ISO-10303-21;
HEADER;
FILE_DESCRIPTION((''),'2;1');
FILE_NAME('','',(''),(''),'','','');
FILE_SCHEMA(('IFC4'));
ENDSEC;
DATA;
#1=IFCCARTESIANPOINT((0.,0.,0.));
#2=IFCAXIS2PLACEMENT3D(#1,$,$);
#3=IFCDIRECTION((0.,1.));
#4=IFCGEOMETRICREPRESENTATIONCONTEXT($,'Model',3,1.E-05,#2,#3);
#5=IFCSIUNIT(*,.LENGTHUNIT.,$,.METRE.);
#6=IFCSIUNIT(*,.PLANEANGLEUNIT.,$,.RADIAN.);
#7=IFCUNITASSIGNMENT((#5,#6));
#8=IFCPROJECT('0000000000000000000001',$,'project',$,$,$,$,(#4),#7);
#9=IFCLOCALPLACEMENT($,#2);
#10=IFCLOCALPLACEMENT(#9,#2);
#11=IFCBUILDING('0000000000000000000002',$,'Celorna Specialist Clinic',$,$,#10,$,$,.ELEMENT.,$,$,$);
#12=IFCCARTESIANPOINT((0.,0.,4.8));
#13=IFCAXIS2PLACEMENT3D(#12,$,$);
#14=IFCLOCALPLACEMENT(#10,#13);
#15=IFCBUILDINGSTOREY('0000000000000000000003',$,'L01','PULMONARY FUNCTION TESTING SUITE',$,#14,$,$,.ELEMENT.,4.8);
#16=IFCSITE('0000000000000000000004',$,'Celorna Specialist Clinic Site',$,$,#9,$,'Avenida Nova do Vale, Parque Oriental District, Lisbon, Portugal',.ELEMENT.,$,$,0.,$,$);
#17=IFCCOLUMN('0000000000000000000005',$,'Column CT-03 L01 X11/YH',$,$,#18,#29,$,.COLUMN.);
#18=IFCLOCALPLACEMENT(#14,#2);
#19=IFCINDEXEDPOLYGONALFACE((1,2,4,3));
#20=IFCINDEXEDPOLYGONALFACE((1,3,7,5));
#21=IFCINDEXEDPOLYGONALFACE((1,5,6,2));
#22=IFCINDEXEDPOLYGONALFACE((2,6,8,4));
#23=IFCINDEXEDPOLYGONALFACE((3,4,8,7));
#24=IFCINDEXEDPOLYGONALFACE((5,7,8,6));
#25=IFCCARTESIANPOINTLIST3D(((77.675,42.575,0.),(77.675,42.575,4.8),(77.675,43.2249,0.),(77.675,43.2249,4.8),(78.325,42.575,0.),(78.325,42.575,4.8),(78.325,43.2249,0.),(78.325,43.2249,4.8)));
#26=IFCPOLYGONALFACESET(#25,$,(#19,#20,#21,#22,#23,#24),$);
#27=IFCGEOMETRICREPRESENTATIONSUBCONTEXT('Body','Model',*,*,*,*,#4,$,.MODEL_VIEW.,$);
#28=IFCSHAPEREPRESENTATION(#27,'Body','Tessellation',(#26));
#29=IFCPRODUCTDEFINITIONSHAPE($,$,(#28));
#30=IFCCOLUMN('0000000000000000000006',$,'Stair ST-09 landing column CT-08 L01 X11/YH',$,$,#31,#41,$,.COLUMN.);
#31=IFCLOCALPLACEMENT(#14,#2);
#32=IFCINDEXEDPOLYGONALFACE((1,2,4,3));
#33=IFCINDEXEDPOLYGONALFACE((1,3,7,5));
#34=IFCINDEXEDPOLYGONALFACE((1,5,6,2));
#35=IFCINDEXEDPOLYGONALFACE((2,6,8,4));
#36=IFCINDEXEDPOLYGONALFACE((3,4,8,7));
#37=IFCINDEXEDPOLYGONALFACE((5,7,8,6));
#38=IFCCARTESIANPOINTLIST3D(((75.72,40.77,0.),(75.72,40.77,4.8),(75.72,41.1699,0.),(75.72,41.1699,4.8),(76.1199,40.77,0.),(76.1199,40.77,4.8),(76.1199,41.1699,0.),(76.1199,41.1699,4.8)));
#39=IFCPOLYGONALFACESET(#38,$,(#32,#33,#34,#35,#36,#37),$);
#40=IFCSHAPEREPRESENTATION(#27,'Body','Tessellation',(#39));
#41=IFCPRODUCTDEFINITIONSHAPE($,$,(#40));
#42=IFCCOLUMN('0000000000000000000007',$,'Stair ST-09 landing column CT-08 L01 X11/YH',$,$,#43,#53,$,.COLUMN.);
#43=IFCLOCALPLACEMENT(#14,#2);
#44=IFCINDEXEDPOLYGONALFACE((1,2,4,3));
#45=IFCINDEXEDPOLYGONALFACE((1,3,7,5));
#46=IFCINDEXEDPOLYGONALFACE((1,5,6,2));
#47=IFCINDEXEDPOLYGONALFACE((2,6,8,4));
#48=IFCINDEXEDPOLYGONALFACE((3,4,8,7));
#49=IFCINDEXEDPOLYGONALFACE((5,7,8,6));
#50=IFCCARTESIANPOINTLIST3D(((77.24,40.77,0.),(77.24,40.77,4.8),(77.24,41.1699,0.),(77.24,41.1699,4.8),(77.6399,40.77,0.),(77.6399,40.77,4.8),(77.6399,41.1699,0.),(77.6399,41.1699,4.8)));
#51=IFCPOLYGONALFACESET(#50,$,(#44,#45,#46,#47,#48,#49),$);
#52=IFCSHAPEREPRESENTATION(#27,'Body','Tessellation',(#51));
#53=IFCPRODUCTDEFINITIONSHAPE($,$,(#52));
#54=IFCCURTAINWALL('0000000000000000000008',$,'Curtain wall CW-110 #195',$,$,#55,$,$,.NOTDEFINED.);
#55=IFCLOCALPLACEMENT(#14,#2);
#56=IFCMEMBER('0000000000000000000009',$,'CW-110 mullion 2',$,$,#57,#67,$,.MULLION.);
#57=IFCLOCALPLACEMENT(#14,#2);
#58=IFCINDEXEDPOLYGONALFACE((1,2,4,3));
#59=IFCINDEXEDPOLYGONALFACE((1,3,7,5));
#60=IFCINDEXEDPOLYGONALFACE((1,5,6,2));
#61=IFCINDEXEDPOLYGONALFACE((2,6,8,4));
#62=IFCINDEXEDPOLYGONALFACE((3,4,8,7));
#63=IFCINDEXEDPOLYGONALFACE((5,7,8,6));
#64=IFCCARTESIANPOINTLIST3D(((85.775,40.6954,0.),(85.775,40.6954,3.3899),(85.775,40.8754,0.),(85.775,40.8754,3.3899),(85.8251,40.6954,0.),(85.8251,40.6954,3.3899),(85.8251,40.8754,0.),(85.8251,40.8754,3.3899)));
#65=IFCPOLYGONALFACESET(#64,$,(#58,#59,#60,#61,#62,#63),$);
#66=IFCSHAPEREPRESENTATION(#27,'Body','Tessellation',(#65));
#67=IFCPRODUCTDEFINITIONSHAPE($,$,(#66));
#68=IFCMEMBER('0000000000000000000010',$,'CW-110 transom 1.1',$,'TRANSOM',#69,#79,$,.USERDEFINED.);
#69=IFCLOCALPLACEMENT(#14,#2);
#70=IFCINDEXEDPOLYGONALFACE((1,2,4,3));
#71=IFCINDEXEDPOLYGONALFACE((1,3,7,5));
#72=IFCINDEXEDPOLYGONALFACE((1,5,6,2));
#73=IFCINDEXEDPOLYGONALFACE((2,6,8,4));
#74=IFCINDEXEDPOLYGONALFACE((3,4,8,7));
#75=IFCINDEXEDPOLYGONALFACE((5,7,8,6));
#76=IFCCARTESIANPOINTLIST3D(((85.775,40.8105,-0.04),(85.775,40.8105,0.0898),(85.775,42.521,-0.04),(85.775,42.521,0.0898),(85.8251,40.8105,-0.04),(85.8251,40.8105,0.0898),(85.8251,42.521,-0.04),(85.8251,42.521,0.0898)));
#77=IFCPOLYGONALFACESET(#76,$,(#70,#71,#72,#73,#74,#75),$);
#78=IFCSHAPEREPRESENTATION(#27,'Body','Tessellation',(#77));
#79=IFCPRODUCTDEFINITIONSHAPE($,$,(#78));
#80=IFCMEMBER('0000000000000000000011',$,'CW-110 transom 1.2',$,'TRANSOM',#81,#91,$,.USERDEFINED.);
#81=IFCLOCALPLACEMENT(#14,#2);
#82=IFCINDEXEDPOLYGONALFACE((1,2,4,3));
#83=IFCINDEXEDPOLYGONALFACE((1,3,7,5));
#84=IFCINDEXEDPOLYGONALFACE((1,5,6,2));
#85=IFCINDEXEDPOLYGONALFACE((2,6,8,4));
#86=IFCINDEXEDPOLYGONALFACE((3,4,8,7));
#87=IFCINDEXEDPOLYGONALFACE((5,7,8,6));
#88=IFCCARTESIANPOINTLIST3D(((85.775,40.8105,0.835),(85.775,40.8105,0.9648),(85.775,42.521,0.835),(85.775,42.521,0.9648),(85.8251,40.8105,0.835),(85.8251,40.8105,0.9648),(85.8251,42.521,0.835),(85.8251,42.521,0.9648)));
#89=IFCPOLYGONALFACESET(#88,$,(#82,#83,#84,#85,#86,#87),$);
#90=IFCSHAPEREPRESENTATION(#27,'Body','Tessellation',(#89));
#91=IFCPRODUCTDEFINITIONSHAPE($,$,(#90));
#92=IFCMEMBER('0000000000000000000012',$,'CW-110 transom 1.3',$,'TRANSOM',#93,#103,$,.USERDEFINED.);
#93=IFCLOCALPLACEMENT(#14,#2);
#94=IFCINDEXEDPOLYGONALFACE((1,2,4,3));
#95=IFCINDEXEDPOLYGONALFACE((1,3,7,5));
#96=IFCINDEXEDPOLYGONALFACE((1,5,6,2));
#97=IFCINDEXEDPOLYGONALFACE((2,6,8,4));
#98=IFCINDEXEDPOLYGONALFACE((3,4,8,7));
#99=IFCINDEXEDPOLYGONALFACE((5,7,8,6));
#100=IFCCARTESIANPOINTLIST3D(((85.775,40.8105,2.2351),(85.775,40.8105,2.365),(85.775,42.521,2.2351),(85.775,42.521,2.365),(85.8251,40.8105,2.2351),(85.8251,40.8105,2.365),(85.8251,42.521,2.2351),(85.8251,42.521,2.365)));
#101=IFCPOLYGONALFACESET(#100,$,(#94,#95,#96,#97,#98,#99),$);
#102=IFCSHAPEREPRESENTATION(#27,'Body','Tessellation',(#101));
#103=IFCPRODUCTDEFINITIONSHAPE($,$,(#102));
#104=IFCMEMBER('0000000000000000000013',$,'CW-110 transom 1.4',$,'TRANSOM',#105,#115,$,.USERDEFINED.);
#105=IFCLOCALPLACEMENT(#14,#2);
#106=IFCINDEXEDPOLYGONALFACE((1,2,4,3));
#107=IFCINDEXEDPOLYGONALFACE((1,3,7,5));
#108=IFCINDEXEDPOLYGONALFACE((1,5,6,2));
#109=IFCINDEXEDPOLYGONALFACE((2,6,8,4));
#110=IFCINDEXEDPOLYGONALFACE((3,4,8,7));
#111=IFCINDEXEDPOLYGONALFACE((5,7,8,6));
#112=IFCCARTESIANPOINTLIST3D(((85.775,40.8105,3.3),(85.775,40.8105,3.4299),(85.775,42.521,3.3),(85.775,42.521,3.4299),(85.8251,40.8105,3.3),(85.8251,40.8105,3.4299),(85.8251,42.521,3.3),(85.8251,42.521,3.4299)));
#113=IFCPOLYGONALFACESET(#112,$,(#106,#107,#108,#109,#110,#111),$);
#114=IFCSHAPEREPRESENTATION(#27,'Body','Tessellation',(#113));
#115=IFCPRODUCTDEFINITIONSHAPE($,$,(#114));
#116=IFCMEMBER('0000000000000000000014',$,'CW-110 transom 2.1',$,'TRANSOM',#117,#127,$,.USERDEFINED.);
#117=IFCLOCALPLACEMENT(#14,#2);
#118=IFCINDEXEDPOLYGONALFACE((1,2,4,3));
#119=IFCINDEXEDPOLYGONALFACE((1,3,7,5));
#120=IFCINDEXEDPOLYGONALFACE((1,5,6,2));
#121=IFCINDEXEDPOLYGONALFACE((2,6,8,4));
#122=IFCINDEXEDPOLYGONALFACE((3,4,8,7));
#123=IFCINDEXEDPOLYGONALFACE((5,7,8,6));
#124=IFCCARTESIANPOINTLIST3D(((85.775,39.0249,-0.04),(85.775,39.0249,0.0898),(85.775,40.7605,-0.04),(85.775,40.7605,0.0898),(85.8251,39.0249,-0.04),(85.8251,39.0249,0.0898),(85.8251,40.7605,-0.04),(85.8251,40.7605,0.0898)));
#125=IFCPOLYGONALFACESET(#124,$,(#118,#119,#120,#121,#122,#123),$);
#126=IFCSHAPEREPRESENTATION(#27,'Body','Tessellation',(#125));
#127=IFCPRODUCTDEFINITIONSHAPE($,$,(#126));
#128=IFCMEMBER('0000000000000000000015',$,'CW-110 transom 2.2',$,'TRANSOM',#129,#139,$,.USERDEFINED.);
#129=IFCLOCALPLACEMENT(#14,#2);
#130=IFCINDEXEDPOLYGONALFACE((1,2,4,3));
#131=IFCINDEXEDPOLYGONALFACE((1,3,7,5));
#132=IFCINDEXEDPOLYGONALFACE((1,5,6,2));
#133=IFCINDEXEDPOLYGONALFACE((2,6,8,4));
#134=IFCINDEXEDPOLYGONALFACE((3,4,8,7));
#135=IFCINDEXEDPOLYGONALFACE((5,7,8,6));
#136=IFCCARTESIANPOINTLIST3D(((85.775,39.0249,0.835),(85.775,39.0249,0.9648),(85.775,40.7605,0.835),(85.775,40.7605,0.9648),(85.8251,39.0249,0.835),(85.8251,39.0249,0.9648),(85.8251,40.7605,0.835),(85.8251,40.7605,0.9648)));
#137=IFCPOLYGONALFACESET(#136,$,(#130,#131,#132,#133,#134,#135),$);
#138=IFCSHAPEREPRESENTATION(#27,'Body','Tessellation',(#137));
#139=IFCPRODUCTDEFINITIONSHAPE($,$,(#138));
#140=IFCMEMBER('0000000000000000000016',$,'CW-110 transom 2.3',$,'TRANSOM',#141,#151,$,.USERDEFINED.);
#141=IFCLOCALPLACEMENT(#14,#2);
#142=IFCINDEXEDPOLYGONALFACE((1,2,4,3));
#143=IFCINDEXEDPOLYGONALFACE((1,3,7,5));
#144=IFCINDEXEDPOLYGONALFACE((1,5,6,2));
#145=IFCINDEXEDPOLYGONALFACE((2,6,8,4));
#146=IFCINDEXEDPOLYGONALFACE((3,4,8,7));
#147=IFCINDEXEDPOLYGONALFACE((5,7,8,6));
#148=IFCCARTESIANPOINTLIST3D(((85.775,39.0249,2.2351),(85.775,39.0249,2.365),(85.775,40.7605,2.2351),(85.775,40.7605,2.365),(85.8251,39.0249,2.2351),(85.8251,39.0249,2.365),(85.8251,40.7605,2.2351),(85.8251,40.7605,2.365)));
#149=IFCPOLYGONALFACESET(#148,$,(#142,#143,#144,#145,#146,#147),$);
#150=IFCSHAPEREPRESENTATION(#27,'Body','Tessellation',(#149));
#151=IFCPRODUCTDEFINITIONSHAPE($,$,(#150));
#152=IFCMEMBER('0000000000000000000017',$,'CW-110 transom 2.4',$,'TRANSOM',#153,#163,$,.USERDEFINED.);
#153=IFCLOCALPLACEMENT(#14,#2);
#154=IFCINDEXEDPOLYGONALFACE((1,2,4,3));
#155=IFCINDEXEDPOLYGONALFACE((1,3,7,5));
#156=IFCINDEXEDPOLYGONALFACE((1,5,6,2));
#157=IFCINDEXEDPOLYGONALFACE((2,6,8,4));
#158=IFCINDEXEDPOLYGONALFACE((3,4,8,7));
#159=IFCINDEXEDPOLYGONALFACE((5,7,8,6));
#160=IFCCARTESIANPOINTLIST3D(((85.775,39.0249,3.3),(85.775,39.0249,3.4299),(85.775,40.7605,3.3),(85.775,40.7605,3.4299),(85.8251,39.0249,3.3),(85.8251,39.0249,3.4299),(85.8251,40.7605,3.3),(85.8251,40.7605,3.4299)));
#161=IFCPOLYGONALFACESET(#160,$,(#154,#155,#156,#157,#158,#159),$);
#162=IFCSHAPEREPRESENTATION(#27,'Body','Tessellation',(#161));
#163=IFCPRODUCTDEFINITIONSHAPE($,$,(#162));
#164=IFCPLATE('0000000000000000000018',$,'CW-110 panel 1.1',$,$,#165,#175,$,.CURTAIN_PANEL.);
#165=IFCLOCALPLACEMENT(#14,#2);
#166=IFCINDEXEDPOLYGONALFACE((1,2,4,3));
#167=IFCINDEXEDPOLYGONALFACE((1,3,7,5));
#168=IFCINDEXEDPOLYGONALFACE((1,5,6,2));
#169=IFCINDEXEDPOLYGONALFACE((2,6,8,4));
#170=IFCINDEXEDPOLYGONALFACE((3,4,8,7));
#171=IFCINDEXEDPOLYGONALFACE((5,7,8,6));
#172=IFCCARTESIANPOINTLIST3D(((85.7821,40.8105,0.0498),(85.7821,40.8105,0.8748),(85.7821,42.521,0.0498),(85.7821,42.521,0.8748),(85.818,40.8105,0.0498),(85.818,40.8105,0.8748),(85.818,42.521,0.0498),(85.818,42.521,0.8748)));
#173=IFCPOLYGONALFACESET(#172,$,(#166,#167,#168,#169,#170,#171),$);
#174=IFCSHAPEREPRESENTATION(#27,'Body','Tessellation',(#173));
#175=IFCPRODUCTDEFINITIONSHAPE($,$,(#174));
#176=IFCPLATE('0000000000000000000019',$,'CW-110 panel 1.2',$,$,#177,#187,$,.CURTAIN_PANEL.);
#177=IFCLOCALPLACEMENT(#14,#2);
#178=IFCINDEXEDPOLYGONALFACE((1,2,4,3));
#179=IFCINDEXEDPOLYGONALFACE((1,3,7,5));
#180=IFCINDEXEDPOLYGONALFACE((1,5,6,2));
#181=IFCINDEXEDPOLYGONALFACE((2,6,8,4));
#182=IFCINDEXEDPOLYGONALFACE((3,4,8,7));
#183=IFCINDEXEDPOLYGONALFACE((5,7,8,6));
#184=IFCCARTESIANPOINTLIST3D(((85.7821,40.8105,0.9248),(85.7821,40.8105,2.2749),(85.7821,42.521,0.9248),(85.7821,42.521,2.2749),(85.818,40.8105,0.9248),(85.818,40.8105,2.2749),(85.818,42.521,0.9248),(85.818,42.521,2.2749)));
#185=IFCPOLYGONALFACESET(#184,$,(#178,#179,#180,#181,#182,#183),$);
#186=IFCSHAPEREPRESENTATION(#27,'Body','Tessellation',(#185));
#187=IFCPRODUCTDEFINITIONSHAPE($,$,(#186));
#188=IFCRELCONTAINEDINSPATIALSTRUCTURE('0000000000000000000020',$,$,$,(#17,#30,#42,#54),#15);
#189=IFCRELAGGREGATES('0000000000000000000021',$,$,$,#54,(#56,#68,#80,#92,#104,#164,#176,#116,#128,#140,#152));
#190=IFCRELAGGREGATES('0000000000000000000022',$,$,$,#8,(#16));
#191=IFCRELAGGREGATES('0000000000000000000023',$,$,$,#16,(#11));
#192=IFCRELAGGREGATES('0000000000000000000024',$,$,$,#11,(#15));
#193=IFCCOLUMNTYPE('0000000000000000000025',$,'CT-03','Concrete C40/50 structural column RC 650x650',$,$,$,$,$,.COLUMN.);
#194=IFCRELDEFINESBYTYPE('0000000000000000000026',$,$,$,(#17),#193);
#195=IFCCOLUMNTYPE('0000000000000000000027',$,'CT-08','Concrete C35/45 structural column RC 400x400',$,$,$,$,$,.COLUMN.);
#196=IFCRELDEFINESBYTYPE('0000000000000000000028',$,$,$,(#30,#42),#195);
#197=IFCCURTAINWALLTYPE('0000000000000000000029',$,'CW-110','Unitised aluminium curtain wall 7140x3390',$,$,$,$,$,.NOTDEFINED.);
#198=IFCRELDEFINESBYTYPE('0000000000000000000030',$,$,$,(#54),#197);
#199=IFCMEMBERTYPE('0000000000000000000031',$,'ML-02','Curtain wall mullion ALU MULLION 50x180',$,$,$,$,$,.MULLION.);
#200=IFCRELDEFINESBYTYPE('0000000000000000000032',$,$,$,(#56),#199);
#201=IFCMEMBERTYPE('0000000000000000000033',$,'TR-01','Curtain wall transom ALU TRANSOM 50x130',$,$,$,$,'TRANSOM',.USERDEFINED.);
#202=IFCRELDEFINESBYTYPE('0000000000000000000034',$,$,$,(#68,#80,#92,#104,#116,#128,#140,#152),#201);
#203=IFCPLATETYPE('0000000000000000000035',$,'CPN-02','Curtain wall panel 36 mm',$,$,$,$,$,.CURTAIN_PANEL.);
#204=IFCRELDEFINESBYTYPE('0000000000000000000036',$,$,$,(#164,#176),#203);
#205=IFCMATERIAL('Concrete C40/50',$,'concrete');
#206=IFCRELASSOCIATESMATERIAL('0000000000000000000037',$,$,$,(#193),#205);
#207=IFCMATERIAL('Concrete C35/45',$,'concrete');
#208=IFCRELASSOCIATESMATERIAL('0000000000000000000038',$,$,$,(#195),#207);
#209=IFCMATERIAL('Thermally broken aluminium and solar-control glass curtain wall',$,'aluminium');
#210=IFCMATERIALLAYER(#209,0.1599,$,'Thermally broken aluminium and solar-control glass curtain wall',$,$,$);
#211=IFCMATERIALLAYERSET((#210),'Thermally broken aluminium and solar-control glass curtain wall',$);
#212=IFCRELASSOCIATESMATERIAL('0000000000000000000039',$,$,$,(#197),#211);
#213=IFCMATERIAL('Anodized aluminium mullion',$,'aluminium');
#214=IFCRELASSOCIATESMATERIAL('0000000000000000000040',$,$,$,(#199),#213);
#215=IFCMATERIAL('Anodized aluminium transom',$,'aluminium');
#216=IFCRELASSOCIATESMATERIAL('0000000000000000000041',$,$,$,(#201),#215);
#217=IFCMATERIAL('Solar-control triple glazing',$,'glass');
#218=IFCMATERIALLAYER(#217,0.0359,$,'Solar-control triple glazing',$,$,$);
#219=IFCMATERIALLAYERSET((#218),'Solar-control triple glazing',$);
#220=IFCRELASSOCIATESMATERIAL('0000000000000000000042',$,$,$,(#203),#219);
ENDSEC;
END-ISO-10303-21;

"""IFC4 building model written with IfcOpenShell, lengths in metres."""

from ifc_helpers import new_model, si_unit, direction, frame, origin, origin_2d, place, context, subcontext, project, spatial, rectangle, extrude, material, layer, layer_set, material_profile, profile_set, type_object, element, aggregate, save


model = new_model("IFC4")

# Units and contexts
model_context = context("Model", 3, precision=1e-05, world=origin(), true_north=direction((0.0, 1.0)))
body_context = subcontext(model_context, "Body", "Model", "MODEL_VIEW")
ifc_project = project(units=[si_unit("LENGTHUNIT", "METRE"), si_unit("PLANEANGLEUNIT", "RADIAN")], contexts=[model_context])

# Site, building, storey
site_placement = place(None, origin())
site = spatial("IfcSite", under=ifc_project, at=site_placement, Name="Celorna Specialist Clinic Site", LongName="Avenida Nova do Vale, Parque Oriental District, Lisbon, Portugal", CompositionType="ELEMENT", RefElevation=0.0)
building_placement = place(site_placement, origin())
building = spatial("IfcBuilding", under=site, at=building_placement, Name="Celorna Specialist Clinic", CompositionType="ELEMENT")
storey_placement = place(building_placement, frame((0.0, 0.0, 4.8)))
storey = spatial("IfcBuildingStorey", under=building, at=storey_placement, Name="L01", Description="PULMONARY FUNCTION TESTING SUITE", CompositionType="ELEMENT", Elevation=4.8)

# Columns
ifc_material_1 = material(Name="Concrete C40/50", Category="concrete")
ifc_material_profile_1 = material_profile(ifc_material_1, rectangle(XDim=0.6499, YDim=0.6499, at=origin_2d()), Name="RC 650x650")
ifc_profile_set_1 = profile_set([ifc_material_profile_1], Name="Concrete C40/50")
column_type_1 = type_object("IfcColumnType", Name="CT-03", Description="Concrete C40/50 structural column RC 650x650", PredefinedType="COLUMN", material=ifc_profile_set_1)
column_placement = place(storey_placement, frame((78.0, 42.8999, 0.0), z_axis=(0.0, 0.0, 1.0), x_axis=(1.0, 0.0, 0.0)))
element("IfcColumn", 1, at=column_placement, inside=storey, type_object=column_type_1, Name="Column CT-03 L01 X11/YH", PredefinedType="COLUMN", context=body_context, shape_type="SweptSolid", body=[
    extrude(rectangle(XDim=0.6499, YDim=0.6499, at=origin_2d()), origin(), (0.0, 0.0, 1.0), 4.8),
])
ifc_material_2 = material(Name="Concrete C35/45", Category="concrete")
ifc_material_profile_2 = material_profile(ifc_material_2, rectangle(XDim=0.3999, YDim=0.3999, at=origin_2d()), Name="RC 400x400")
ifc_profile_set_2 = profile_set([ifc_material_profile_2], Name="Concrete C35/45")
column_type_2 = type_object("IfcColumnType", Name="CT-08", Description="Concrete C35/45 structural column RC 400x400", PredefinedType="COLUMN", material=ifc_profile_set_2)
for number, where, z_axis, x_axis, name in (
    (2, (75.9199, 40.97, 0.0), (0.0, 0.0, 1.0), (1.0, 0.0, 0.0), "Stair ST-09 landing column CT-08 L01 X11/YH"),
    (3, (77.4399, 40.97, 0.0), (0.0, 0.0, 1.0), (1.0, 0.0, 0.0), "Stair ST-09 landing column CT-08 L01 X11/YH"),
):
    element("IfcColumn", number, at=place(storey_placement, frame(where, z_axis=z_axis, x_axis=x_axis)), inside=storey, type_object=column_type_2, Name=name, PredefinedType="COLUMN", context=body_context, shape_type="SweptSolid", body=[
        extrude(rectangle(XDim=0.3999, YDim=0.3999, at=origin_2d()), origin(), (0.0, 0.0, 1.0), 4.8),
    ])

# Curtain wall, members, plates
ifc_material_3 = material(Name="Thermally broken aluminium and solar-control glass curtain wall", Category="aluminium")
ifc_layer_1 = layer(ifc_material_3, 0.1599, Name="Thermally broken aluminium and solar-control glass curtain wall")
ifc_layer_set_1 = layer_set([ifc_layer_1], Name="Thermally broken aluminium and solar-control glass curtain wall")
curtain_wall_type = type_object("IfcCurtainWallType", Name="CW-110", Description="Unitised aluminium curtain wall 7140x3390", PredefinedType="NOTDEFINED", material=ifc_layer_set_1)
curtain_wall_placement = place(storey_placement, origin())
curtain_wall = element("IfcCurtainWall", 4, at=curtain_wall_placement, inside=storey, type_object=curtain_wall_type, Name="Curtain wall CW-110 #195", PredefinedType="NOTDEFINED")
ifc_material_4 = material(Name="Anodized aluminium mullion", Category="aluminium")
ifc_material_profile_3 = material_profile(ifc_material_4, rectangle(XDim=0.05, YDim=0.1799, at=origin_2d()), Name="ALU MULLION 50x180")
ifc_profile_set_3 = profile_set([ifc_material_profile_3], Name="Anodized aluminium mullion")
member_type_1 = type_object("IfcMemberType", Name="ML-02", Description="Curtain wall mullion ALU MULLION 50x180", PredefinedType="MULLION", material=ifc_profile_set_3)
member_1_placement = place(storey_placement, frame((85.8, 40.7854, 0.0), z_axis=(0.0, 0.0, 1.0), x_axis=(1.0, 0.0, 0.0)))
member_1 = element("IfcMember", 5, at=member_1_placement, type_object=member_type_1, Name="CW-110 mullion 2", PredefinedType="MULLION", context=body_context, shape_type="SweptSolid", body=[
    extrude(rectangle(XDim=0.05, YDim=0.1799, at=origin_2d()), origin(), (0.0, 0.0, 1.0), 3.3899),
])
ifc_material_5 = material(Name="Anodized aluminium transom", Category="aluminium")
ifc_material_profile_4 = material_profile(ifc_material_5, rectangle(XDim=0.05, YDim=0.1299, at=origin_2d()), Name="ALU TRANSOM 50x130")
ifc_profile_set_4 = profile_set([ifc_material_profile_4], Name="Anodized aluminium transom")
member_type_2 = type_object("IfcMemberType", Name="TR-01", Description="Curtain wall transom ALU TRANSOM 50x130", ElementType="TRANSOM", PredefinedType="USERDEFINED", material=ifc_profile_set_4)
member_2_placement = place(storey_placement, frame((85.8, 42.521, 0.0249), z_axis=(0.0, -1.0, 0.0), x_axis=(1.0, 0.0, 0.0)))
member_2 = element("IfcMember", 6, at=member_2_placement, type_object=member_type_2, Name="CW-110 transom 1.1", ObjectType="TRANSOM", PredefinedType="USERDEFINED", context=body_context, shape_type="SweptSolid", body=[
    extrude(rectangle(XDim=0.05, YDim=0.1299, at=origin_2d()), origin(), (0.0, 0.0, 1.0), 1.7104),
])
member_3_placement = place(storey_placement, frame((85.8, 42.521, 0.8999), z_axis=(0.0, -1.0, 0.0), x_axis=(1.0, 0.0, 0.0)))
member_3 = element("IfcMember", 7, at=member_3_placement, type_object=member_type_2, Name="CW-110 transom 1.2", ObjectType="TRANSOM", PredefinedType="USERDEFINED", context=body_context, shape_type="SweptSolid", body=[
    extrude(rectangle(XDim=0.05, YDim=0.1299, at=origin_2d()), origin(), (0.0, 0.0, 1.0), 1.7104),
])
member_4_placement = place(storey_placement, frame((85.8, 42.521, 2.3), z_axis=(0.0, -1.0, 0.0), x_axis=(1.0, 0.0, 0.0)))
member_4 = element("IfcMember", 8, at=member_4_placement, type_object=member_type_2, Name="CW-110 transom 1.3", ObjectType="TRANSOM", PredefinedType="USERDEFINED", context=body_context, shape_type="SweptSolid", body=[
    extrude(rectangle(XDim=0.05, YDim=0.1299, at=origin_2d()), origin(), (0.0, 0.0, 1.0), 1.7104),
])
member_5_placement = place(storey_placement, frame((85.8, 42.521, 3.365), z_axis=(0.0, -1.0, 0.0), x_axis=(1.0, 0.0, 0.0)))
member_5 = element("IfcMember", 9, at=member_5_placement, type_object=member_type_2, Name="CW-110 transom 1.4", ObjectType="TRANSOM", PredefinedType="USERDEFINED", context=body_context, shape_type="SweptSolid", body=[
    extrude(rectangle(XDim=0.05, YDim=0.1299, at=origin_2d()), origin(), (0.0, 0.0, 1.0), 1.7104),
])
member_6_placement = place(storey_placement, frame((85.8, 40.7605, 0.0249), z_axis=(0.0, -1.0, 0.0), x_axis=(1.0, 0.0, 0.0)))
member_6 = element("IfcMember", 10, at=member_6_placement, type_object=member_type_2, Name="CW-110 transom 2.1", ObjectType="TRANSOM", PredefinedType="USERDEFINED", context=body_context, shape_type="SweptSolid", body=[
    extrude(rectangle(XDim=0.05, YDim=0.1299, at=origin_2d()), origin(), (0.0, 0.0, 1.0), 1.7356),
])
member_7_placement = place(storey_placement, frame((85.8, 40.7605, 0.8999), z_axis=(0.0, -1.0, 0.0), x_axis=(1.0, 0.0, 0.0)))
member_7 = element("IfcMember", 11, at=member_7_placement, type_object=member_type_2, Name="CW-110 transom 2.2", ObjectType="TRANSOM", PredefinedType="USERDEFINED", context=body_context, shape_type="SweptSolid", body=[
    extrude(rectangle(XDim=0.05, YDim=0.1299, at=origin_2d()), origin(), (0.0, 0.0, 1.0), 1.7356),
])
member_8_placement = place(storey_placement, frame((85.8, 40.7605, 2.3), z_axis=(0.0, -1.0, 0.0), x_axis=(1.0, 0.0, 0.0)))
member_8 = element("IfcMember", 12, at=member_8_placement, type_object=member_type_2, Name="CW-110 transom 2.3", ObjectType="TRANSOM", PredefinedType="USERDEFINED", context=body_context, shape_type="SweptSolid", body=[
    extrude(rectangle(XDim=0.05, YDim=0.1299, at=origin_2d()), origin(), (0.0, 0.0, 1.0), 1.7356),
])
member_9_placement = place(storey_placement, frame((85.8, 40.7605, 3.365), z_axis=(0.0, -1.0, 0.0), x_axis=(1.0, 0.0, 0.0)))
member_9 = element("IfcMember", 13, at=member_9_placement, type_object=member_type_2, Name="CW-110 transom 2.4", ObjectType="TRANSOM", PredefinedType="USERDEFINED", context=body_context, shape_type="SweptSolid", body=[
    extrude(rectangle(XDim=0.05, YDim=0.1299, at=origin_2d()), origin(), (0.0, 0.0, 1.0), 1.7356),
])
ifc_material_6 = material(Name="Solar-control triple glazing", Category="glass")
ifc_layer_2 = layer(ifc_material_6, 0.0359, Name="Solar-control triple glazing")
ifc_layer_set_2 = layer_set([ifc_layer_2], Name="Solar-control triple glazing")
plate_type = type_object("IfcPlateType", Name="CPN-02", Description="Curtain wall panel 36 mm", PredefinedType="CURTAIN_PANEL", material=ifc_layer_set_2)
plate_1_placement = place(storey_placement, frame((85.8, 41.6658, 0.0498), z_axis=(0.0, 0.0, 1.0), x_axis=(0.0, -1.0, 0.0)))
plate_1 = element("IfcPlate", 14, at=plate_1_placement, type_object=plate_type, Name="CW-110 panel 1.1", PredefinedType="CURTAIN_PANEL", context=body_context, shape_type="SweptSolid", body=[
    extrude(rectangle(XDim=1.7104, YDim=0.0359, at=origin_2d()), origin(), (0.0, 0.0, 1.0), 0.825),
])
plate_2_placement = place(storey_placement, frame((85.8, 41.6658, 0.9248), z_axis=(0.0, 0.0, 1.0), x_axis=(0.0, -1.0, 0.0)))
plate_2 = element("IfcPlate", 15, at=plate_2_placement, type_object=plate_type, Name="CW-110 panel 1.2", PredefinedType="CURTAIN_PANEL", context=body_context, shape_type="SweptSolid", body=[
    extrude(rectangle(XDim=1.7104, YDim=0.0359, at=origin_2d()), origin(), (0.0, 0.0, 1.0), 1.3501),
])
aggregate(curtain_wall, [member_1, member_2, member_3, member_4, member_5, plate_1, plate_2, member_6, member_7, member_8, member_9])

save(model, "model.ifc")
